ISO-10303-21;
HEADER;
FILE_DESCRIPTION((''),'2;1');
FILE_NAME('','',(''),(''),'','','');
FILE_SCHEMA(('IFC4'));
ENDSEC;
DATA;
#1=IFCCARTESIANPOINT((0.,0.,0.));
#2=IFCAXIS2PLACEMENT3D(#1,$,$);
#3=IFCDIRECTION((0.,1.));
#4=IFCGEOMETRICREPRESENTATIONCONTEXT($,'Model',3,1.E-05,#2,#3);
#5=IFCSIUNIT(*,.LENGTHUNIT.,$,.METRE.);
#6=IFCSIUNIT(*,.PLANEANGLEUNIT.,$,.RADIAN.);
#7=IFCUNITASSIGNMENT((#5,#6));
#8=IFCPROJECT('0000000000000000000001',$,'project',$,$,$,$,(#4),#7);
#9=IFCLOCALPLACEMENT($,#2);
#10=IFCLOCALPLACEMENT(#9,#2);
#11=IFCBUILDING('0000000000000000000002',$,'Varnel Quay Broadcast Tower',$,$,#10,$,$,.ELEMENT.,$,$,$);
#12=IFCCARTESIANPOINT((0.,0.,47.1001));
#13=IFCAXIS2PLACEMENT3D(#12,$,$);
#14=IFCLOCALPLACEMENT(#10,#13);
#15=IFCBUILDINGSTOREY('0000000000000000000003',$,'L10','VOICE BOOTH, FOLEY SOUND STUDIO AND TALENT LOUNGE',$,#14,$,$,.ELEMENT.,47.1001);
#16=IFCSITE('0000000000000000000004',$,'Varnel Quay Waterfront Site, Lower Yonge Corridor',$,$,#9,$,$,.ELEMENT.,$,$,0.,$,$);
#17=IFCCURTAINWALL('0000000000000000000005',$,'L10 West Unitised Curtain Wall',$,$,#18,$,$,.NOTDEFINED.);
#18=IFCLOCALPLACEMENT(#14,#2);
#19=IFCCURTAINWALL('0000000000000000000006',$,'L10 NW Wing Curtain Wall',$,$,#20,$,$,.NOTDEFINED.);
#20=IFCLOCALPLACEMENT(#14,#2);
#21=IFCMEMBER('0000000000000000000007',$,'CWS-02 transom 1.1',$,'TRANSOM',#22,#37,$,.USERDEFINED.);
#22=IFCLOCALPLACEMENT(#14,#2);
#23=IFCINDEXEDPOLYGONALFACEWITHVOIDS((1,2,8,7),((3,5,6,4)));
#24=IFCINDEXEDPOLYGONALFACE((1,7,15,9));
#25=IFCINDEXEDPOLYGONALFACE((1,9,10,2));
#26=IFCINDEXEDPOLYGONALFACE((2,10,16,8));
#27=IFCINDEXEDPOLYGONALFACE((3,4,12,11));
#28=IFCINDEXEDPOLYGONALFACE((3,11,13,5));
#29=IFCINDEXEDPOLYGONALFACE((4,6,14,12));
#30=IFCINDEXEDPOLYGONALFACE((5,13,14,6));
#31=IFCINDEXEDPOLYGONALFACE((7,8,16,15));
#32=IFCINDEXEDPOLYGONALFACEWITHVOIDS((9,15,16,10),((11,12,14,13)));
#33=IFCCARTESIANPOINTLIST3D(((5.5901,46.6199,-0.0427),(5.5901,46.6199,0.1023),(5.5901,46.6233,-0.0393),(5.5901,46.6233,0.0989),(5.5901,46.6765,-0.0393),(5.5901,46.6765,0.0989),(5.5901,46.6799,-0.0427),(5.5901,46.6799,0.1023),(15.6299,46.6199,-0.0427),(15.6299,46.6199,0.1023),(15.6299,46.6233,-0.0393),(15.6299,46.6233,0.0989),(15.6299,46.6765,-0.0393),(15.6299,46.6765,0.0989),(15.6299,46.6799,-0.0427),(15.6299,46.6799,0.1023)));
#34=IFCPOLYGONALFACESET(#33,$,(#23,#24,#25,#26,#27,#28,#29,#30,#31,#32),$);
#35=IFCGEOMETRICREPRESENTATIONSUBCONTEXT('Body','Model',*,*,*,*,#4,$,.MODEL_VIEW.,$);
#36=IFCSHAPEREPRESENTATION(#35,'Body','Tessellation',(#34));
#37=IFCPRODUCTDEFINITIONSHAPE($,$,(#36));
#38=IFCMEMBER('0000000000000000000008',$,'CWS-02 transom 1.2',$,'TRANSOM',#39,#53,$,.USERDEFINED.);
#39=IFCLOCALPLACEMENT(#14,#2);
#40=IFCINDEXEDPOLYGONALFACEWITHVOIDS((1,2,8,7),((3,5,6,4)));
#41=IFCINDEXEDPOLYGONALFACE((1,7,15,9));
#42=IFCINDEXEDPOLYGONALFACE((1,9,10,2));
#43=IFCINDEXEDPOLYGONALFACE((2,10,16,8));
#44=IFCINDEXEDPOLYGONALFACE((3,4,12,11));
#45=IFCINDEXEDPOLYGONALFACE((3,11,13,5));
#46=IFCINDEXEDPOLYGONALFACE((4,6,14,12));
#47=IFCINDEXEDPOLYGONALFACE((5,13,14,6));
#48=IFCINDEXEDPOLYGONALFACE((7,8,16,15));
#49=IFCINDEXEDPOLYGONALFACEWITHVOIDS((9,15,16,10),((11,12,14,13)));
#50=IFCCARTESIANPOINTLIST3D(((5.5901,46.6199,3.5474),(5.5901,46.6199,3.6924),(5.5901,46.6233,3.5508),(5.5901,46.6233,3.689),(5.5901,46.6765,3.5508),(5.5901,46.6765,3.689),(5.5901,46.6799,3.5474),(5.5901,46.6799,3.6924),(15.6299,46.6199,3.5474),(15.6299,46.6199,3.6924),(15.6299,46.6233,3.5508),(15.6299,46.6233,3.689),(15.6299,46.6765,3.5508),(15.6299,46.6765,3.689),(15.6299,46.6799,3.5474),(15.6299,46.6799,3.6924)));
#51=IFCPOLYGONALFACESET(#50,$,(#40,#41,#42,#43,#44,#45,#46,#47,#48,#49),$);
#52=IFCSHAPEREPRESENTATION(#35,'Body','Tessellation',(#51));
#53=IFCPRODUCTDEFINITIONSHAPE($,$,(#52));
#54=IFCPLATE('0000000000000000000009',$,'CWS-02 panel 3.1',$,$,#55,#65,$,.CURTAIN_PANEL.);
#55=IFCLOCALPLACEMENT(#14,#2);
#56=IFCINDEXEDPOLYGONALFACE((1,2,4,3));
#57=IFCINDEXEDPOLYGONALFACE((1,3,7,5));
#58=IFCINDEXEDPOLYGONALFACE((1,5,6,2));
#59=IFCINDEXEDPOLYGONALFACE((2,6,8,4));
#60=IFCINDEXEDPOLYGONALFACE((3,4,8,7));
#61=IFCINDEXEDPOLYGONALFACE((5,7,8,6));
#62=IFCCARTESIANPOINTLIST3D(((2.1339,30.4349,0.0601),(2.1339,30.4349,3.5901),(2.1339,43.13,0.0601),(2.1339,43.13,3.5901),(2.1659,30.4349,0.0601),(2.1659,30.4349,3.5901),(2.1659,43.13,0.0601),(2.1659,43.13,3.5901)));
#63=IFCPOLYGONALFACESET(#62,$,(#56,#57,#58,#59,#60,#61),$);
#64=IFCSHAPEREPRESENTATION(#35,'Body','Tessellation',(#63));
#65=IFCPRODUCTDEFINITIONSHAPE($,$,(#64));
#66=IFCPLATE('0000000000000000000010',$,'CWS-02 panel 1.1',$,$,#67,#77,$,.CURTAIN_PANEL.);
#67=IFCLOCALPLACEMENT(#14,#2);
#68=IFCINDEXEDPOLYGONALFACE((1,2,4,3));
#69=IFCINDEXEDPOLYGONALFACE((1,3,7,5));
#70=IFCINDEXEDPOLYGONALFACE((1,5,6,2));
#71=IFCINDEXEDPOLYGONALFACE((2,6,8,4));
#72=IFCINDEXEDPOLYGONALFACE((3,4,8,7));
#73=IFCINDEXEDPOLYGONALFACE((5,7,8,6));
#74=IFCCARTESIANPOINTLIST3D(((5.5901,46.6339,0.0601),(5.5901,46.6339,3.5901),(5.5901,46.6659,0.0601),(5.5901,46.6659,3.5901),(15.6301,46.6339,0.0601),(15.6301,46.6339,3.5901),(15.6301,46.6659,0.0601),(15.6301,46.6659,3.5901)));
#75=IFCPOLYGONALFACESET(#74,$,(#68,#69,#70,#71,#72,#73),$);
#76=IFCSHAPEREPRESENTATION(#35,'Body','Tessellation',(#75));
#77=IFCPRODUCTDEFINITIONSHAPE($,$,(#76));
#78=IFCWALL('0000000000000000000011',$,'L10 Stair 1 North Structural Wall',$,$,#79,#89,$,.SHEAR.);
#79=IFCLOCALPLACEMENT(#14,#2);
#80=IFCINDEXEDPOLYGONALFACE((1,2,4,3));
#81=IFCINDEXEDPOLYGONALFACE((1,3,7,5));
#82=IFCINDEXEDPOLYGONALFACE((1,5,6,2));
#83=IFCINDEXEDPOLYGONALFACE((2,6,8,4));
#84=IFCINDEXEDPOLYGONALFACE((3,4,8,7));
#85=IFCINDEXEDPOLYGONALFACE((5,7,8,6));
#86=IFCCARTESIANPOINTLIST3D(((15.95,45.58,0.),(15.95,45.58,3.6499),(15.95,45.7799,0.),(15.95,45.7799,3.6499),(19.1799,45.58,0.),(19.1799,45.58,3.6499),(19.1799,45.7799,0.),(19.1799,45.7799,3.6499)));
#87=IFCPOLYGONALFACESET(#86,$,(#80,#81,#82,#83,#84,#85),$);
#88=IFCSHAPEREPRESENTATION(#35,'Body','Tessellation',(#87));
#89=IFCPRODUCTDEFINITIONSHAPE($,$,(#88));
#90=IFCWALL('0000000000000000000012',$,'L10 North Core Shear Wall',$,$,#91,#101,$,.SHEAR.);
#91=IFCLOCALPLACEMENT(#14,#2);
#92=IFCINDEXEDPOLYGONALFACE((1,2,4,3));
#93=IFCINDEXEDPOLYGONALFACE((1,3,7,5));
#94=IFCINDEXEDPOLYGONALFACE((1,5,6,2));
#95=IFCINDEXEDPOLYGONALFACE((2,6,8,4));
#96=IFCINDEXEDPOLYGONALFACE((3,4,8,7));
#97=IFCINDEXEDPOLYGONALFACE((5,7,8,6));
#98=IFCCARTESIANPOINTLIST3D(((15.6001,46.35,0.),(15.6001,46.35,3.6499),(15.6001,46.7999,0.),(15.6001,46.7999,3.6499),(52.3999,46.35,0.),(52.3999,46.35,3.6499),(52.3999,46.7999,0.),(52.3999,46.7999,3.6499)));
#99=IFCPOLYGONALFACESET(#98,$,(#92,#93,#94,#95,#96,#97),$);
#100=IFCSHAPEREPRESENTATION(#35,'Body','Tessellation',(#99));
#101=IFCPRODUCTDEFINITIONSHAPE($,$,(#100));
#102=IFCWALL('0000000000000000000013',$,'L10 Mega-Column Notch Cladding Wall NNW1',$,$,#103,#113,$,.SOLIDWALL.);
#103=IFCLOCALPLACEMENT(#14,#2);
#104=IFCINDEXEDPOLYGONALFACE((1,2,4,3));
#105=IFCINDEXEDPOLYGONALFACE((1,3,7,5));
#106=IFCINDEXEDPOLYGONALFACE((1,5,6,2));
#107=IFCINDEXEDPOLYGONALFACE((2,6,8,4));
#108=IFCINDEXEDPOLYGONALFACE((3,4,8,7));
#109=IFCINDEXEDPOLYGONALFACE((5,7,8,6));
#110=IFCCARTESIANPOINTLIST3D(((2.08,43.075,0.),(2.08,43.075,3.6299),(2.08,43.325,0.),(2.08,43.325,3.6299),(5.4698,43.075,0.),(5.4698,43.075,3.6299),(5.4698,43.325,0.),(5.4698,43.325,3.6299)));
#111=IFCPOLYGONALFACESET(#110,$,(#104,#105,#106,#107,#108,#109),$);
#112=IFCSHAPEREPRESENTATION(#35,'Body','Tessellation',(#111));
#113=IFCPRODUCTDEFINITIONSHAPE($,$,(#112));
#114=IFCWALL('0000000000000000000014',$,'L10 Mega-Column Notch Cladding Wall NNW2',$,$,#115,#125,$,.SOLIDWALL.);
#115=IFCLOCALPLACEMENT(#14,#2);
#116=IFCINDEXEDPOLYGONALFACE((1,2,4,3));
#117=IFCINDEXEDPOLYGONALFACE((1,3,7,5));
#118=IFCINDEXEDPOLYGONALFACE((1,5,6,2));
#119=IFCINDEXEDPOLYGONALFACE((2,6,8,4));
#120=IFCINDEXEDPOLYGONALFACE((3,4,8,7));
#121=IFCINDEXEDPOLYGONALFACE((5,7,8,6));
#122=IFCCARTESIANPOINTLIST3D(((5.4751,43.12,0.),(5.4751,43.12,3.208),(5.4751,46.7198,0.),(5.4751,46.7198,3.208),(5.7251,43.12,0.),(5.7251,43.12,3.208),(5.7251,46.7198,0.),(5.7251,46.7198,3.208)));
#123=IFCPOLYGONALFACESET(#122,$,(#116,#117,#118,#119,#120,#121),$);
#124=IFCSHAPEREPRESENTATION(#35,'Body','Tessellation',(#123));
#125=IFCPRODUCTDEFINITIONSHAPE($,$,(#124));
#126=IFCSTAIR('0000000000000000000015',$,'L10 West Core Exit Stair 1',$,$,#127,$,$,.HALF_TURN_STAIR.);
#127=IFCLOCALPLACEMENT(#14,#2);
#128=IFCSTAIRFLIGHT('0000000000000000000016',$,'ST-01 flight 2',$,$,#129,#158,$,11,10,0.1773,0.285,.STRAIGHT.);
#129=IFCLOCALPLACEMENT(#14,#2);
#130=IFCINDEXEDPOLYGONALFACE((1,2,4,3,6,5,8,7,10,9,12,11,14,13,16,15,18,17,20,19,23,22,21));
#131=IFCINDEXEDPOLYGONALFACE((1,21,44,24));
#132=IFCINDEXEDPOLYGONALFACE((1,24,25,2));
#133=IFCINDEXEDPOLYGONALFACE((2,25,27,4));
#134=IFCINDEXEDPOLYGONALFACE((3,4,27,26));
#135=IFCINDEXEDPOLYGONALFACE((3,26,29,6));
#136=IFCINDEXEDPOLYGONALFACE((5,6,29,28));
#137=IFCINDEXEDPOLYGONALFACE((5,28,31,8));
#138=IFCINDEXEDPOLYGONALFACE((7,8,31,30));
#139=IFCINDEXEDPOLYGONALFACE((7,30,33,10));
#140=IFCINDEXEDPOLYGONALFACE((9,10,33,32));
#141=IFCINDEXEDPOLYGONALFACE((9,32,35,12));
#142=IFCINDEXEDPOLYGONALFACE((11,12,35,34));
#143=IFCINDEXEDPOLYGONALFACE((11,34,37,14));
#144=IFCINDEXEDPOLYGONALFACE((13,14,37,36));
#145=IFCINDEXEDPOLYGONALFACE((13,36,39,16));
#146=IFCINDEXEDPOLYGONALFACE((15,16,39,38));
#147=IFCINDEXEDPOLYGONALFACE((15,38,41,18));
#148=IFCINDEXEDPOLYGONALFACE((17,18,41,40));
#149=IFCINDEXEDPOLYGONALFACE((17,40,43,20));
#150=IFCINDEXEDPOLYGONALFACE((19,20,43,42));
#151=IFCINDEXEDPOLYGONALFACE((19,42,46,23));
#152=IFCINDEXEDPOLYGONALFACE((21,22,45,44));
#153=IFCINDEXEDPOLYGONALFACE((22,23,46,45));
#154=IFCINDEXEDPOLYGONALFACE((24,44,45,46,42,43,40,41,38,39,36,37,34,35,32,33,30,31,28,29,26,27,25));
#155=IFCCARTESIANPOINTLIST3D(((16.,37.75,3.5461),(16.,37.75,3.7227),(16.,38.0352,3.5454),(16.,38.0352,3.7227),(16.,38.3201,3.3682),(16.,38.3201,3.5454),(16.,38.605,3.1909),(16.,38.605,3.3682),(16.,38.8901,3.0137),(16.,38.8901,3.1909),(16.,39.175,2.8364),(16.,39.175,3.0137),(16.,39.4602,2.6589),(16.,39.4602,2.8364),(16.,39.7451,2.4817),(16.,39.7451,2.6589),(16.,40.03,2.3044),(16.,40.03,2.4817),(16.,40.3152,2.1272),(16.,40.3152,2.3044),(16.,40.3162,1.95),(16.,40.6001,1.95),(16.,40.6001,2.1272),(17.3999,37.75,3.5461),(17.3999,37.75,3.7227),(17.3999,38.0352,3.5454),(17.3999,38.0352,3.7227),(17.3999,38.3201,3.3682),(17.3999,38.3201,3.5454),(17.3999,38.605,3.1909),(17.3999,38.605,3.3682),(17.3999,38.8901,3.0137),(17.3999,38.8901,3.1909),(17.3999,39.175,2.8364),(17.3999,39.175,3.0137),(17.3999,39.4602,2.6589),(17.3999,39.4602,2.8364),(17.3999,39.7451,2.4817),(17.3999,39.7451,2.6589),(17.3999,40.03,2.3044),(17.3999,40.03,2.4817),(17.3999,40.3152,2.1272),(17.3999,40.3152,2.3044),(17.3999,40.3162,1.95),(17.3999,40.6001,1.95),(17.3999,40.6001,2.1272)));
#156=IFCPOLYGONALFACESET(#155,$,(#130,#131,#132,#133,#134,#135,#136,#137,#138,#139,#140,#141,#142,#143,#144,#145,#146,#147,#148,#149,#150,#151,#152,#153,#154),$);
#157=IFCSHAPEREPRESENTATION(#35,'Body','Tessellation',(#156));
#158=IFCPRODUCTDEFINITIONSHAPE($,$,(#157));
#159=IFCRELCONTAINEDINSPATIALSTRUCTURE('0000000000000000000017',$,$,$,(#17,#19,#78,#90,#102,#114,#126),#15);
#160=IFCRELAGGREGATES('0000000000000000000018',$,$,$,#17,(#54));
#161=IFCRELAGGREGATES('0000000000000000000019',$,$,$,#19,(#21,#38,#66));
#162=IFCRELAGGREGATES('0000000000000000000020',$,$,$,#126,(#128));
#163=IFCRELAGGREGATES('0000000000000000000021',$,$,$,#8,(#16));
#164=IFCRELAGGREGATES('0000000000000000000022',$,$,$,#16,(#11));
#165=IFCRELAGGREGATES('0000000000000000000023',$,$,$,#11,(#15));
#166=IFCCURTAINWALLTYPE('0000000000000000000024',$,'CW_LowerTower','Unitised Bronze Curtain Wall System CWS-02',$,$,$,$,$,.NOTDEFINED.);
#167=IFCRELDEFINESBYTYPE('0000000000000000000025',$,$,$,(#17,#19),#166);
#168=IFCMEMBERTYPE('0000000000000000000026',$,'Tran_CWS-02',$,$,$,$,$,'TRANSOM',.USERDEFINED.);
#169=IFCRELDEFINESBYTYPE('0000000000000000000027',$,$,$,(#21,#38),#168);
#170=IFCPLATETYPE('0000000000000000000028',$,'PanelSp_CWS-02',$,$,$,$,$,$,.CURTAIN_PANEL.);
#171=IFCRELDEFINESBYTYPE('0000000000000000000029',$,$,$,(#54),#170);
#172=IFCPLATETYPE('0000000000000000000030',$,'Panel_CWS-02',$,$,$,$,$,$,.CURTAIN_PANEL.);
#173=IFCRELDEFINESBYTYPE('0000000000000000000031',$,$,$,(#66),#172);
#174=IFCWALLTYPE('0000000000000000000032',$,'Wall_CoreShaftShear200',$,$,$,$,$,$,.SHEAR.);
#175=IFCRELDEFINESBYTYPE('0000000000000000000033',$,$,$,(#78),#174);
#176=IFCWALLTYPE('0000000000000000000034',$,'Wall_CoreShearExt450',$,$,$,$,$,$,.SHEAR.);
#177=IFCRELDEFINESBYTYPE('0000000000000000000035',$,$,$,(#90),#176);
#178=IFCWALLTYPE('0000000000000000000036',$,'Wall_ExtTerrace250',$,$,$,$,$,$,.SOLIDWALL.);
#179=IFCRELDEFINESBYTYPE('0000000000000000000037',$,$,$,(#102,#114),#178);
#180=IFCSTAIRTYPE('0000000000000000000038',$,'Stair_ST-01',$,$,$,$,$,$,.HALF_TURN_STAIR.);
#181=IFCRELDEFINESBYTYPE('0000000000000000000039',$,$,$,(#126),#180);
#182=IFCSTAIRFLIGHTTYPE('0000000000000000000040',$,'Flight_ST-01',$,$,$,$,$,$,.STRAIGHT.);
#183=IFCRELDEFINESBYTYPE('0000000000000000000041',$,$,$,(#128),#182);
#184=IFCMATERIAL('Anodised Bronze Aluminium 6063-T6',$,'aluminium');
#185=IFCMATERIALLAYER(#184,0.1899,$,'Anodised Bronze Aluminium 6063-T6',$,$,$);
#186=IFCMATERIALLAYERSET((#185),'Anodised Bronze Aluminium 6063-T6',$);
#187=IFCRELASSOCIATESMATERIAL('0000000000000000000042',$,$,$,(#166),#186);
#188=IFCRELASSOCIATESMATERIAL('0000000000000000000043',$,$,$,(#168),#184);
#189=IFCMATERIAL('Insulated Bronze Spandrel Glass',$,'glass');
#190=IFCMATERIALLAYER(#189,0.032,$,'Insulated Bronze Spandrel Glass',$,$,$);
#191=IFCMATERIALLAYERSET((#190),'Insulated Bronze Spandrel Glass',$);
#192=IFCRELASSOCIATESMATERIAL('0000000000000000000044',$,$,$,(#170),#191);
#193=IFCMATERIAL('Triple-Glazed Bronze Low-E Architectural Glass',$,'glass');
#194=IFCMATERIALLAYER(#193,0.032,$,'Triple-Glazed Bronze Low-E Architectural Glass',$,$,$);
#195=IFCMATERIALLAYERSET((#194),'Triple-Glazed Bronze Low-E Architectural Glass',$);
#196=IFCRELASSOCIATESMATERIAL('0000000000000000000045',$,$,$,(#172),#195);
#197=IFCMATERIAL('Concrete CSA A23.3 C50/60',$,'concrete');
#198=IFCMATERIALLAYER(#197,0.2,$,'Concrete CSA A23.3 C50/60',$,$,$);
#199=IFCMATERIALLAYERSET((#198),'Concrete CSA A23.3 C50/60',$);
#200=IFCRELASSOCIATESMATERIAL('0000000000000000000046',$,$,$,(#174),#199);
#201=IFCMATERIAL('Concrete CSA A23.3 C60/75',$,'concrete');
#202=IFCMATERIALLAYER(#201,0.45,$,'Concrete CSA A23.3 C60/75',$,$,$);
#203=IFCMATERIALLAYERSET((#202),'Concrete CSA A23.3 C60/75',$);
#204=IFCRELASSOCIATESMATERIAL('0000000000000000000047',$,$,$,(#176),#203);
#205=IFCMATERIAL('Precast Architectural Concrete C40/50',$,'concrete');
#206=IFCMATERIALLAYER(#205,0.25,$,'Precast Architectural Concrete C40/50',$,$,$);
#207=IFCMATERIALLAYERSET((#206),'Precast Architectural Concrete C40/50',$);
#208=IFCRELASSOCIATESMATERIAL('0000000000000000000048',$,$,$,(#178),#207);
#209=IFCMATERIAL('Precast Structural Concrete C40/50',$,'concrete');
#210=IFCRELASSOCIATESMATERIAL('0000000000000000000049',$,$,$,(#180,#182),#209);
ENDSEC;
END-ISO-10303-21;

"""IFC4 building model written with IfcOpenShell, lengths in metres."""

from ifc_helpers import new_model, si_unit, direction, frame, frame_2d, origin, origin_2d, place, context, subcontext, project, spatial, polyline, rectangle, hollow_rectangle, outline, extrude, source, transform, mapped, material, layer, layer_set, material_profile, profile_set, type_object, type_shapes, element, aggregate, save


model = new_model("IFC4")

# Units and contexts
model_context = context("Model", 3, precision=1e-05, world=origin(), true_north=direction((0.0, 1.0)))
body_context = subcontext(model_context, "Body", "Model", "MODEL_VIEW")
ifc_project = project(units=[si_unit("LENGTHUNIT", "METRE"), si_unit("PLANEANGLEUNIT", "RADIAN")], contexts=[model_context])

# Site, building, storey
site_placement = place(None, origin())
site = spatial("IfcSite", under=ifc_project, at=site_placement, Name="Varnel Quay Waterfront Site, Lower Yonge Corridor", CompositionType="ELEMENT", RefElevation=0.0)
building_placement = place(site_placement, origin())
building = spatial("IfcBuilding", under=site, at=building_placement, Name="Varnel Quay Broadcast Tower", CompositionType="ELEMENT")
storey_placement = place(building_placement, frame((0.0, 0.0, 47.1001)))
storey = spatial("IfcBuildingStorey", under=building, at=storey_placement, Name="L10", Description="VOICE BOOTH, FOLEY SOUND STUDIO AND TALENT LOUNGE", CompositionType="ELEMENT", Elevation=47.1001)

# Curtain wall
ifc_material_1 = material(Name="Anodised Bronze Aluminium 6063-T6", Category="aluminium")
ifc_layer_1 = layer(ifc_material_1, 0.1899, Name="Anodised Bronze Aluminium 6063-T6")
ifc_layer_set_1 = layer_set([ifc_layer_1], Name="Anodised Bronze Aluminium 6063-T6")
curtain_wall_type = type_object("IfcCurtainWallType", Name="CW_LowerTower", Description="Unitised Bronze Curtain Wall System CWS-02", PredefinedType="NOTDEFINED", material=ifc_layer_set_1)
curtain_wall_1_placement = place(storey_placement, origin())
curtain_wall_1 = element("IfcCurtainWall", 1, at=curtain_wall_1_placement, inside=storey, type_object=curtain_wall_type, Name="L10 West Unitised Curtain Wall", PredefinedType="NOTDEFINED")

# Curtain wall, members
curtain_wall_2_placement = place(storey_placement, origin())
curtain_wall_2 = element("IfcCurtainWall", 2, at=curtain_wall_2_placement, inside=storey, type_object=curtain_wall_type, Name="L10 NW Wing Curtain Wall", PredefinedType="NOTDEFINED")
ifc_material_profile_1 = material_profile(ifc_material_1, hollow_rectangle(XDim=0.0601, YDim=0.145, WallThickness=0.0034, at=origin_2d()), Name="ALU60X145X3.5")
ifc_profile_set_1 = profile_set([ifc_material_profile_1], Name="Anodised Bronze Aluminium 6063-T6")
member_type_1 = type_object("IfcMemberType", Name="Tran_CWS-02", ElementType="TRANSOM", PredefinedType="USERDEFINED", material=ifc_profile_set_1)
shared_shape_1 = source(origin(), body_context, "Body", "SweptSolid", [
    extrude(hollow_rectangle(XDim=0.0601, YDim=0.145, WallThickness=0.0034, at=origin_2d()), origin(), (0.0, 0.0, 1.0), 10.0398),
])
type_shapes(member_type_1, [shared_shape_1])
member_1_placement = place(storey_placement, frame((5.5901, 46.6499, 0.0298), z_axis=(1.0, 0.0, 0.0), x_axis=(0.0, 1.0, 0.0)))
member_1 = element("IfcMember", 3, at=member_1_placement, type_object=member_type_1, Name="CWS-02 transom 1.1", ObjectType="TRANSOM", PredefinedType="USERDEFINED", context=body_context, shape_type="MappedRepresentation", body=[
    mapped(shared_shape_1, transform((0.0, 0.0, 0.0), x_axis=(1.0, 0.0, 0.0), y_axis=(0.0, 1.0, 0.0), z_axis=(0.0, 0.0, 1.0), scale=1.0)),
])
member_2_placement = place(storey_placement, frame((5.5901, 46.6499, 3.6199), z_axis=(1.0, 0.0, 0.0), x_axis=(0.0, 1.0, 0.0)))
member_2 = element("IfcMember", 4, at=member_2_placement, type_object=member_type_1, Name="CWS-02 transom 1.2", ObjectType="TRANSOM", PredefinedType="USERDEFINED", context=body_context, shape_type="MappedRepresentation", body=[
    mapped(shared_shape_1, transform((0.0, 0.0, 0.0), x_axis=(1.0, 0.0, 0.0), y_axis=(0.0, 1.0, 0.0), z_axis=(0.0, 0.0, 1.0), scale=1.0)),
])

# Plates
ifc_material_2 = material(Name="Insulated Bronze Spandrel Glass", Category="glass")
ifc_layer_2 = layer(ifc_material_2, 0.032, Name="Insulated Bronze Spandrel Glass")
ifc_layer_set_2 = layer_set([ifc_layer_2], Name="Insulated Bronze Spandrel Glass")
plate_type_1 = type_object("IfcPlateType", Name="PanelSp_CWS-02", PredefinedType="CURTAIN_PANEL", material=ifc_layer_set_2)
shared_shape_2 = source(origin(), body_context, "Body", "SweptSolid", [
    extrude(rectangle(XDim=12.6951, YDim=0.032, at=origin_2d()), origin(), (0.0, 0.0, 1.0), 3.53),
])
type_shapes(plate_type_1, [shared_shape_2])
plate_1_placement = place(storey_placement, frame((2.1499, 36.7825, 0.0601), z_axis=(0.0, 0.0, 1.0), x_axis=(0.0, 1.0, 0.0)))
plate_1 = element("IfcPlate", 5, at=plate_1_placement, type_object=plate_type_1, Name="CWS-02 panel 3.1", PredefinedType="CURTAIN_PANEL", context=body_context, shape_type="MappedRepresentation", body=[
    mapped(shared_shape_2, transform((0.0, 0.0, 0.0), x_axis=(1.0, 0.0, 0.0), y_axis=(0.0, 1.0, 0.0), z_axis=(0.0, 0.0, 1.0), scale=1.0)),
])
aggregate(curtain_wall_1, [plate_1])
ifc_material_3 = material(Name="Triple-Glazed Bronze Low-E Architectural Glass", Category="glass")
ifc_layer_3 = layer(ifc_material_3, 0.032, Name="Triple-Glazed Bronze Low-E Architectural Glass")
ifc_layer_set_3 = layer_set([ifc_layer_3], Name="Triple-Glazed Bronze Low-E Architectural Glass")
plate_type_2 = type_object("IfcPlateType", Name="Panel_CWS-02", PredefinedType="CURTAIN_PANEL", material=ifc_layer_set_3)
shared_shape_3 = source(origin(), body_context, "Body", "SweptSolid", [
    extrude(rectangle(XDim=10.04, YDim=0.032, at=origin_2d()), origin(), (0.0, 0.0, 1.0), 3.53),
])
type_shapes(plate_type_2, [shared_shape_3])
plate_2_placement = place(storey_placement, frame((10.6101, 46.6499, 0.0601), z_axis=(0.0, 0.0, 1.0), x_axis=(1.0, 0.0, 0.0)))
plate_2 = element("IfcPlate", 6, at=plate_2_placement, type_object=plate_type_2, Name="CWS-02 panel 1.1", PredefinedType="CURTAIN_PANEL", context=body_context, shape_type="MappedRepresentation", body=[
    mapped(shared_shape_3, transform((0.0, 0.0, 0.0), x_axis=(1.0, 0.0, 0.0), y_axis=(0.0, 1.0, 0.0), z_axis=(0.0, 0.0, 1.0), scale=1.0)),
])
aggregate(curtain_wall_2, [member_1, member_2, plate_2])

# Walls
ifc_material_4 = material(Name="Concrete CSA A23.3 C50/60", Category="concrete")
ifc_layer_4 = layer(ifc_material_4, 0.2, Name="Concrete CSA A23.3 C50/60")
ifc_layer_set_4 = layer_set([ifc_layer_4], Name="Concrete CSA A23.3 C50/60")
wall_type_1 = type_object("IfcWallType", Name="Wall_CoreShaftShear200", PredefinedType="SHEAR", material=ifc_layer_set_4)
wall_1_placement = place(storey_placement, frame((15.95, 45.6799, 0.0), z_axis=(0.0, 0.0, 1.0), x_axis=(1.0, 0.0, 0.0)))
element("IfcWall", 7, at=wall_1_placement, inside=storey, type_object=wall_type_1, Name="L10 Stair 1 North Structural Wall", PredefinedType="SHEAR", context=body_context, shape_type="SweptSolid", body=[
    extrude(rectangle(XDim=3.23, YDim=0.2, at=frame_2d((1.615, 0.0))), origin(), (0.0, 0.0, 1.0), 3.6499),
])
ifc_material_5 = material(Name="Concrete CSA A23.3 C60/75", Category="concrete")
ifc_layer_5 = layer(ifc_material_5, 0.45, Name="Concrete CSA A23.3 C60/75")
ifc_layer_set_5 = layer_set([ifc_layer_5], Name="Concrete CSA A23.3 C60/75")
wall_type_2 = type_object("IfcWallType", Name="Wall_CoreShearExt450", PredefinedType="SHEAR", material=ifc_layer_set_5)
wall_2_placement = place(storey_placement, frame((15.6001, 46.575, 0.0), z_axis=(0.0, 0.0, 1.0), x_axis=(1.0, 0.0, 0.0)))
element("IfcWall", 8, at=wall_2_placement, inside=storey, type_object=wall_type_2, Name="L10 North Core Shear Wall", PredefinedType="SHEAR", context=body_context, shape_type="SweptSolid", body=[
    extrude(rectangle(XDim=36.7998, YDim=0.45, at=frame_2d((18.3999, 0.0))), origin(), (0.0, 0.0, 1.0), 3.6499),
])
ifc_material_6 = material(Name="Precast Architectural Concrete C40/50", Category="concrete")
ifc_layer_6 = layer(ifc_material_6, 0.25, Name="Precast Architectural Concrete C40/50")
ifc_layer_set_6 = layer_set([ifc_layer_6], Name="Precast Architectural Concrete C40/50")
wall_type_3 = type_object("IfcWallType", Name="Wall_ExtTerrace250", PredefinedType="SOLIDWALL", material=ifc_layer_set_6)
wall_3_placement = place(storey_placement, frame((2.0801, 43.2, 0.0), z_axis=(0.0, 0.0, 1.0), x_axis=(1.0, 0.0, 0.0)))
element("IfcWall", 9, at=wall_3_placement, inside=storey, type_object=wall_type_3, Name="L10 Mega-Column Notch Cladding Wall NNW1", PredefinedType="SOLIDWALL", context=body_context, shape_type="SweptSolid", body=[
    extrude(rectangle(XDim=3.3899, YDim=0.25, at=frame_2d((1.6948, 0.0))), origin(), (0.0, 0.0, 1.0), 3.6299),
])
wall_4_placement = place(storey_placement, frame((5.6001, 43.1201, 0.0), z_axis=(0.0, 0.0, 1.0), x_axis=(0.0, 1.0, 0.0)))
element("IfcWall", 10, at=wall_4_placement, inside=storey, type_object=wall_type_3, Name="L10 Mega-Column Notch Cladding Wall NNW2", PredefinedType="SOLIDWALL", context=body_context, shape_type="SweptSolid", body=[
    extrude(rectangle(XDim=3.5999, YDim=0.25, at=frame_2d((1.7998, 0.0))), origin(), (0.0, 0.0, 1.0), 3.208),
])

# Stair, stair flight
ifc_material_7 = material(Name="Precast Structural Concrete C40/50", Category="concrete")
stair_type = type_object("IfcStairType", Name="Stair_ST-01", PredefinedType="HALF_TURN_STAIR", material=ifc_material_7)
stair_placement = place(storey_placement, origin())
stair = element("IfcStair", 11, at=stair_placement, inside=storey, type_object=stair_type, Name="L10 West Core Exit Stair 1", PredefinedType="HALF_TURN_STAIR")
stair_flight_type = type_object("IfcStairFlightType", Name="Flight_ST-01", PredefinedType="STRAIGHT", material=ifc_material_7)
stair_flight_placement = place(storey_placement, frame((16.7, 40.6001, 1.95), z_axis=(0.0, 0.0, 1.0), x_axis=(0.0, -1.0, 0.0)))
stair_flight = element("IfcStairFlight", 12, at=stair_flight_placement, type_object=stair_flight_type, Name="ST-01 flight 2", NumberOfRisers=11, NumberOfTreads=10, PredefinedType="STRAIGHT", RiserHeight=0.1773, TreadLength=0.285, context=body_context, shape_type="SweptSolid", body=[
    extrude(outline(polyline([(0.0, 0.0), (0.0, 0.1772), (0.2849, 0.1772), (0.2849, 0.3545), (0.5701, 0.3545), (0.5701, 0.5317), (0.855, 0.5317), (0.855, 0.709), (1.1399, 0.709), (1.1399, 0.8865), (1.425, 0.8865), (1.425, 1.0637), (1.71, 1.0637), (1.71, 1.241), (1.9951, 1.241), (1.9951, 1.4182), (2.28, 1.4182), (2.28, 1.5955), (2.5649, 1.5955), (2.5649, 1.7727), (2.8501, 1.7727), (2.8501, 1.95), (2.8501, 1.5962), (0.2839, 0.0), (0.0, 0.0)])), frame((0.0, 0.7, 0.0), z_axis=(0.0, -1.0, 0.0), x_axis=(1.0, 0.0, 0.0)), (0.0, 0.0, 1.0), 1.3999),
])
aggregate(stair, [stair_flight])

save(model, "model.ifc")
